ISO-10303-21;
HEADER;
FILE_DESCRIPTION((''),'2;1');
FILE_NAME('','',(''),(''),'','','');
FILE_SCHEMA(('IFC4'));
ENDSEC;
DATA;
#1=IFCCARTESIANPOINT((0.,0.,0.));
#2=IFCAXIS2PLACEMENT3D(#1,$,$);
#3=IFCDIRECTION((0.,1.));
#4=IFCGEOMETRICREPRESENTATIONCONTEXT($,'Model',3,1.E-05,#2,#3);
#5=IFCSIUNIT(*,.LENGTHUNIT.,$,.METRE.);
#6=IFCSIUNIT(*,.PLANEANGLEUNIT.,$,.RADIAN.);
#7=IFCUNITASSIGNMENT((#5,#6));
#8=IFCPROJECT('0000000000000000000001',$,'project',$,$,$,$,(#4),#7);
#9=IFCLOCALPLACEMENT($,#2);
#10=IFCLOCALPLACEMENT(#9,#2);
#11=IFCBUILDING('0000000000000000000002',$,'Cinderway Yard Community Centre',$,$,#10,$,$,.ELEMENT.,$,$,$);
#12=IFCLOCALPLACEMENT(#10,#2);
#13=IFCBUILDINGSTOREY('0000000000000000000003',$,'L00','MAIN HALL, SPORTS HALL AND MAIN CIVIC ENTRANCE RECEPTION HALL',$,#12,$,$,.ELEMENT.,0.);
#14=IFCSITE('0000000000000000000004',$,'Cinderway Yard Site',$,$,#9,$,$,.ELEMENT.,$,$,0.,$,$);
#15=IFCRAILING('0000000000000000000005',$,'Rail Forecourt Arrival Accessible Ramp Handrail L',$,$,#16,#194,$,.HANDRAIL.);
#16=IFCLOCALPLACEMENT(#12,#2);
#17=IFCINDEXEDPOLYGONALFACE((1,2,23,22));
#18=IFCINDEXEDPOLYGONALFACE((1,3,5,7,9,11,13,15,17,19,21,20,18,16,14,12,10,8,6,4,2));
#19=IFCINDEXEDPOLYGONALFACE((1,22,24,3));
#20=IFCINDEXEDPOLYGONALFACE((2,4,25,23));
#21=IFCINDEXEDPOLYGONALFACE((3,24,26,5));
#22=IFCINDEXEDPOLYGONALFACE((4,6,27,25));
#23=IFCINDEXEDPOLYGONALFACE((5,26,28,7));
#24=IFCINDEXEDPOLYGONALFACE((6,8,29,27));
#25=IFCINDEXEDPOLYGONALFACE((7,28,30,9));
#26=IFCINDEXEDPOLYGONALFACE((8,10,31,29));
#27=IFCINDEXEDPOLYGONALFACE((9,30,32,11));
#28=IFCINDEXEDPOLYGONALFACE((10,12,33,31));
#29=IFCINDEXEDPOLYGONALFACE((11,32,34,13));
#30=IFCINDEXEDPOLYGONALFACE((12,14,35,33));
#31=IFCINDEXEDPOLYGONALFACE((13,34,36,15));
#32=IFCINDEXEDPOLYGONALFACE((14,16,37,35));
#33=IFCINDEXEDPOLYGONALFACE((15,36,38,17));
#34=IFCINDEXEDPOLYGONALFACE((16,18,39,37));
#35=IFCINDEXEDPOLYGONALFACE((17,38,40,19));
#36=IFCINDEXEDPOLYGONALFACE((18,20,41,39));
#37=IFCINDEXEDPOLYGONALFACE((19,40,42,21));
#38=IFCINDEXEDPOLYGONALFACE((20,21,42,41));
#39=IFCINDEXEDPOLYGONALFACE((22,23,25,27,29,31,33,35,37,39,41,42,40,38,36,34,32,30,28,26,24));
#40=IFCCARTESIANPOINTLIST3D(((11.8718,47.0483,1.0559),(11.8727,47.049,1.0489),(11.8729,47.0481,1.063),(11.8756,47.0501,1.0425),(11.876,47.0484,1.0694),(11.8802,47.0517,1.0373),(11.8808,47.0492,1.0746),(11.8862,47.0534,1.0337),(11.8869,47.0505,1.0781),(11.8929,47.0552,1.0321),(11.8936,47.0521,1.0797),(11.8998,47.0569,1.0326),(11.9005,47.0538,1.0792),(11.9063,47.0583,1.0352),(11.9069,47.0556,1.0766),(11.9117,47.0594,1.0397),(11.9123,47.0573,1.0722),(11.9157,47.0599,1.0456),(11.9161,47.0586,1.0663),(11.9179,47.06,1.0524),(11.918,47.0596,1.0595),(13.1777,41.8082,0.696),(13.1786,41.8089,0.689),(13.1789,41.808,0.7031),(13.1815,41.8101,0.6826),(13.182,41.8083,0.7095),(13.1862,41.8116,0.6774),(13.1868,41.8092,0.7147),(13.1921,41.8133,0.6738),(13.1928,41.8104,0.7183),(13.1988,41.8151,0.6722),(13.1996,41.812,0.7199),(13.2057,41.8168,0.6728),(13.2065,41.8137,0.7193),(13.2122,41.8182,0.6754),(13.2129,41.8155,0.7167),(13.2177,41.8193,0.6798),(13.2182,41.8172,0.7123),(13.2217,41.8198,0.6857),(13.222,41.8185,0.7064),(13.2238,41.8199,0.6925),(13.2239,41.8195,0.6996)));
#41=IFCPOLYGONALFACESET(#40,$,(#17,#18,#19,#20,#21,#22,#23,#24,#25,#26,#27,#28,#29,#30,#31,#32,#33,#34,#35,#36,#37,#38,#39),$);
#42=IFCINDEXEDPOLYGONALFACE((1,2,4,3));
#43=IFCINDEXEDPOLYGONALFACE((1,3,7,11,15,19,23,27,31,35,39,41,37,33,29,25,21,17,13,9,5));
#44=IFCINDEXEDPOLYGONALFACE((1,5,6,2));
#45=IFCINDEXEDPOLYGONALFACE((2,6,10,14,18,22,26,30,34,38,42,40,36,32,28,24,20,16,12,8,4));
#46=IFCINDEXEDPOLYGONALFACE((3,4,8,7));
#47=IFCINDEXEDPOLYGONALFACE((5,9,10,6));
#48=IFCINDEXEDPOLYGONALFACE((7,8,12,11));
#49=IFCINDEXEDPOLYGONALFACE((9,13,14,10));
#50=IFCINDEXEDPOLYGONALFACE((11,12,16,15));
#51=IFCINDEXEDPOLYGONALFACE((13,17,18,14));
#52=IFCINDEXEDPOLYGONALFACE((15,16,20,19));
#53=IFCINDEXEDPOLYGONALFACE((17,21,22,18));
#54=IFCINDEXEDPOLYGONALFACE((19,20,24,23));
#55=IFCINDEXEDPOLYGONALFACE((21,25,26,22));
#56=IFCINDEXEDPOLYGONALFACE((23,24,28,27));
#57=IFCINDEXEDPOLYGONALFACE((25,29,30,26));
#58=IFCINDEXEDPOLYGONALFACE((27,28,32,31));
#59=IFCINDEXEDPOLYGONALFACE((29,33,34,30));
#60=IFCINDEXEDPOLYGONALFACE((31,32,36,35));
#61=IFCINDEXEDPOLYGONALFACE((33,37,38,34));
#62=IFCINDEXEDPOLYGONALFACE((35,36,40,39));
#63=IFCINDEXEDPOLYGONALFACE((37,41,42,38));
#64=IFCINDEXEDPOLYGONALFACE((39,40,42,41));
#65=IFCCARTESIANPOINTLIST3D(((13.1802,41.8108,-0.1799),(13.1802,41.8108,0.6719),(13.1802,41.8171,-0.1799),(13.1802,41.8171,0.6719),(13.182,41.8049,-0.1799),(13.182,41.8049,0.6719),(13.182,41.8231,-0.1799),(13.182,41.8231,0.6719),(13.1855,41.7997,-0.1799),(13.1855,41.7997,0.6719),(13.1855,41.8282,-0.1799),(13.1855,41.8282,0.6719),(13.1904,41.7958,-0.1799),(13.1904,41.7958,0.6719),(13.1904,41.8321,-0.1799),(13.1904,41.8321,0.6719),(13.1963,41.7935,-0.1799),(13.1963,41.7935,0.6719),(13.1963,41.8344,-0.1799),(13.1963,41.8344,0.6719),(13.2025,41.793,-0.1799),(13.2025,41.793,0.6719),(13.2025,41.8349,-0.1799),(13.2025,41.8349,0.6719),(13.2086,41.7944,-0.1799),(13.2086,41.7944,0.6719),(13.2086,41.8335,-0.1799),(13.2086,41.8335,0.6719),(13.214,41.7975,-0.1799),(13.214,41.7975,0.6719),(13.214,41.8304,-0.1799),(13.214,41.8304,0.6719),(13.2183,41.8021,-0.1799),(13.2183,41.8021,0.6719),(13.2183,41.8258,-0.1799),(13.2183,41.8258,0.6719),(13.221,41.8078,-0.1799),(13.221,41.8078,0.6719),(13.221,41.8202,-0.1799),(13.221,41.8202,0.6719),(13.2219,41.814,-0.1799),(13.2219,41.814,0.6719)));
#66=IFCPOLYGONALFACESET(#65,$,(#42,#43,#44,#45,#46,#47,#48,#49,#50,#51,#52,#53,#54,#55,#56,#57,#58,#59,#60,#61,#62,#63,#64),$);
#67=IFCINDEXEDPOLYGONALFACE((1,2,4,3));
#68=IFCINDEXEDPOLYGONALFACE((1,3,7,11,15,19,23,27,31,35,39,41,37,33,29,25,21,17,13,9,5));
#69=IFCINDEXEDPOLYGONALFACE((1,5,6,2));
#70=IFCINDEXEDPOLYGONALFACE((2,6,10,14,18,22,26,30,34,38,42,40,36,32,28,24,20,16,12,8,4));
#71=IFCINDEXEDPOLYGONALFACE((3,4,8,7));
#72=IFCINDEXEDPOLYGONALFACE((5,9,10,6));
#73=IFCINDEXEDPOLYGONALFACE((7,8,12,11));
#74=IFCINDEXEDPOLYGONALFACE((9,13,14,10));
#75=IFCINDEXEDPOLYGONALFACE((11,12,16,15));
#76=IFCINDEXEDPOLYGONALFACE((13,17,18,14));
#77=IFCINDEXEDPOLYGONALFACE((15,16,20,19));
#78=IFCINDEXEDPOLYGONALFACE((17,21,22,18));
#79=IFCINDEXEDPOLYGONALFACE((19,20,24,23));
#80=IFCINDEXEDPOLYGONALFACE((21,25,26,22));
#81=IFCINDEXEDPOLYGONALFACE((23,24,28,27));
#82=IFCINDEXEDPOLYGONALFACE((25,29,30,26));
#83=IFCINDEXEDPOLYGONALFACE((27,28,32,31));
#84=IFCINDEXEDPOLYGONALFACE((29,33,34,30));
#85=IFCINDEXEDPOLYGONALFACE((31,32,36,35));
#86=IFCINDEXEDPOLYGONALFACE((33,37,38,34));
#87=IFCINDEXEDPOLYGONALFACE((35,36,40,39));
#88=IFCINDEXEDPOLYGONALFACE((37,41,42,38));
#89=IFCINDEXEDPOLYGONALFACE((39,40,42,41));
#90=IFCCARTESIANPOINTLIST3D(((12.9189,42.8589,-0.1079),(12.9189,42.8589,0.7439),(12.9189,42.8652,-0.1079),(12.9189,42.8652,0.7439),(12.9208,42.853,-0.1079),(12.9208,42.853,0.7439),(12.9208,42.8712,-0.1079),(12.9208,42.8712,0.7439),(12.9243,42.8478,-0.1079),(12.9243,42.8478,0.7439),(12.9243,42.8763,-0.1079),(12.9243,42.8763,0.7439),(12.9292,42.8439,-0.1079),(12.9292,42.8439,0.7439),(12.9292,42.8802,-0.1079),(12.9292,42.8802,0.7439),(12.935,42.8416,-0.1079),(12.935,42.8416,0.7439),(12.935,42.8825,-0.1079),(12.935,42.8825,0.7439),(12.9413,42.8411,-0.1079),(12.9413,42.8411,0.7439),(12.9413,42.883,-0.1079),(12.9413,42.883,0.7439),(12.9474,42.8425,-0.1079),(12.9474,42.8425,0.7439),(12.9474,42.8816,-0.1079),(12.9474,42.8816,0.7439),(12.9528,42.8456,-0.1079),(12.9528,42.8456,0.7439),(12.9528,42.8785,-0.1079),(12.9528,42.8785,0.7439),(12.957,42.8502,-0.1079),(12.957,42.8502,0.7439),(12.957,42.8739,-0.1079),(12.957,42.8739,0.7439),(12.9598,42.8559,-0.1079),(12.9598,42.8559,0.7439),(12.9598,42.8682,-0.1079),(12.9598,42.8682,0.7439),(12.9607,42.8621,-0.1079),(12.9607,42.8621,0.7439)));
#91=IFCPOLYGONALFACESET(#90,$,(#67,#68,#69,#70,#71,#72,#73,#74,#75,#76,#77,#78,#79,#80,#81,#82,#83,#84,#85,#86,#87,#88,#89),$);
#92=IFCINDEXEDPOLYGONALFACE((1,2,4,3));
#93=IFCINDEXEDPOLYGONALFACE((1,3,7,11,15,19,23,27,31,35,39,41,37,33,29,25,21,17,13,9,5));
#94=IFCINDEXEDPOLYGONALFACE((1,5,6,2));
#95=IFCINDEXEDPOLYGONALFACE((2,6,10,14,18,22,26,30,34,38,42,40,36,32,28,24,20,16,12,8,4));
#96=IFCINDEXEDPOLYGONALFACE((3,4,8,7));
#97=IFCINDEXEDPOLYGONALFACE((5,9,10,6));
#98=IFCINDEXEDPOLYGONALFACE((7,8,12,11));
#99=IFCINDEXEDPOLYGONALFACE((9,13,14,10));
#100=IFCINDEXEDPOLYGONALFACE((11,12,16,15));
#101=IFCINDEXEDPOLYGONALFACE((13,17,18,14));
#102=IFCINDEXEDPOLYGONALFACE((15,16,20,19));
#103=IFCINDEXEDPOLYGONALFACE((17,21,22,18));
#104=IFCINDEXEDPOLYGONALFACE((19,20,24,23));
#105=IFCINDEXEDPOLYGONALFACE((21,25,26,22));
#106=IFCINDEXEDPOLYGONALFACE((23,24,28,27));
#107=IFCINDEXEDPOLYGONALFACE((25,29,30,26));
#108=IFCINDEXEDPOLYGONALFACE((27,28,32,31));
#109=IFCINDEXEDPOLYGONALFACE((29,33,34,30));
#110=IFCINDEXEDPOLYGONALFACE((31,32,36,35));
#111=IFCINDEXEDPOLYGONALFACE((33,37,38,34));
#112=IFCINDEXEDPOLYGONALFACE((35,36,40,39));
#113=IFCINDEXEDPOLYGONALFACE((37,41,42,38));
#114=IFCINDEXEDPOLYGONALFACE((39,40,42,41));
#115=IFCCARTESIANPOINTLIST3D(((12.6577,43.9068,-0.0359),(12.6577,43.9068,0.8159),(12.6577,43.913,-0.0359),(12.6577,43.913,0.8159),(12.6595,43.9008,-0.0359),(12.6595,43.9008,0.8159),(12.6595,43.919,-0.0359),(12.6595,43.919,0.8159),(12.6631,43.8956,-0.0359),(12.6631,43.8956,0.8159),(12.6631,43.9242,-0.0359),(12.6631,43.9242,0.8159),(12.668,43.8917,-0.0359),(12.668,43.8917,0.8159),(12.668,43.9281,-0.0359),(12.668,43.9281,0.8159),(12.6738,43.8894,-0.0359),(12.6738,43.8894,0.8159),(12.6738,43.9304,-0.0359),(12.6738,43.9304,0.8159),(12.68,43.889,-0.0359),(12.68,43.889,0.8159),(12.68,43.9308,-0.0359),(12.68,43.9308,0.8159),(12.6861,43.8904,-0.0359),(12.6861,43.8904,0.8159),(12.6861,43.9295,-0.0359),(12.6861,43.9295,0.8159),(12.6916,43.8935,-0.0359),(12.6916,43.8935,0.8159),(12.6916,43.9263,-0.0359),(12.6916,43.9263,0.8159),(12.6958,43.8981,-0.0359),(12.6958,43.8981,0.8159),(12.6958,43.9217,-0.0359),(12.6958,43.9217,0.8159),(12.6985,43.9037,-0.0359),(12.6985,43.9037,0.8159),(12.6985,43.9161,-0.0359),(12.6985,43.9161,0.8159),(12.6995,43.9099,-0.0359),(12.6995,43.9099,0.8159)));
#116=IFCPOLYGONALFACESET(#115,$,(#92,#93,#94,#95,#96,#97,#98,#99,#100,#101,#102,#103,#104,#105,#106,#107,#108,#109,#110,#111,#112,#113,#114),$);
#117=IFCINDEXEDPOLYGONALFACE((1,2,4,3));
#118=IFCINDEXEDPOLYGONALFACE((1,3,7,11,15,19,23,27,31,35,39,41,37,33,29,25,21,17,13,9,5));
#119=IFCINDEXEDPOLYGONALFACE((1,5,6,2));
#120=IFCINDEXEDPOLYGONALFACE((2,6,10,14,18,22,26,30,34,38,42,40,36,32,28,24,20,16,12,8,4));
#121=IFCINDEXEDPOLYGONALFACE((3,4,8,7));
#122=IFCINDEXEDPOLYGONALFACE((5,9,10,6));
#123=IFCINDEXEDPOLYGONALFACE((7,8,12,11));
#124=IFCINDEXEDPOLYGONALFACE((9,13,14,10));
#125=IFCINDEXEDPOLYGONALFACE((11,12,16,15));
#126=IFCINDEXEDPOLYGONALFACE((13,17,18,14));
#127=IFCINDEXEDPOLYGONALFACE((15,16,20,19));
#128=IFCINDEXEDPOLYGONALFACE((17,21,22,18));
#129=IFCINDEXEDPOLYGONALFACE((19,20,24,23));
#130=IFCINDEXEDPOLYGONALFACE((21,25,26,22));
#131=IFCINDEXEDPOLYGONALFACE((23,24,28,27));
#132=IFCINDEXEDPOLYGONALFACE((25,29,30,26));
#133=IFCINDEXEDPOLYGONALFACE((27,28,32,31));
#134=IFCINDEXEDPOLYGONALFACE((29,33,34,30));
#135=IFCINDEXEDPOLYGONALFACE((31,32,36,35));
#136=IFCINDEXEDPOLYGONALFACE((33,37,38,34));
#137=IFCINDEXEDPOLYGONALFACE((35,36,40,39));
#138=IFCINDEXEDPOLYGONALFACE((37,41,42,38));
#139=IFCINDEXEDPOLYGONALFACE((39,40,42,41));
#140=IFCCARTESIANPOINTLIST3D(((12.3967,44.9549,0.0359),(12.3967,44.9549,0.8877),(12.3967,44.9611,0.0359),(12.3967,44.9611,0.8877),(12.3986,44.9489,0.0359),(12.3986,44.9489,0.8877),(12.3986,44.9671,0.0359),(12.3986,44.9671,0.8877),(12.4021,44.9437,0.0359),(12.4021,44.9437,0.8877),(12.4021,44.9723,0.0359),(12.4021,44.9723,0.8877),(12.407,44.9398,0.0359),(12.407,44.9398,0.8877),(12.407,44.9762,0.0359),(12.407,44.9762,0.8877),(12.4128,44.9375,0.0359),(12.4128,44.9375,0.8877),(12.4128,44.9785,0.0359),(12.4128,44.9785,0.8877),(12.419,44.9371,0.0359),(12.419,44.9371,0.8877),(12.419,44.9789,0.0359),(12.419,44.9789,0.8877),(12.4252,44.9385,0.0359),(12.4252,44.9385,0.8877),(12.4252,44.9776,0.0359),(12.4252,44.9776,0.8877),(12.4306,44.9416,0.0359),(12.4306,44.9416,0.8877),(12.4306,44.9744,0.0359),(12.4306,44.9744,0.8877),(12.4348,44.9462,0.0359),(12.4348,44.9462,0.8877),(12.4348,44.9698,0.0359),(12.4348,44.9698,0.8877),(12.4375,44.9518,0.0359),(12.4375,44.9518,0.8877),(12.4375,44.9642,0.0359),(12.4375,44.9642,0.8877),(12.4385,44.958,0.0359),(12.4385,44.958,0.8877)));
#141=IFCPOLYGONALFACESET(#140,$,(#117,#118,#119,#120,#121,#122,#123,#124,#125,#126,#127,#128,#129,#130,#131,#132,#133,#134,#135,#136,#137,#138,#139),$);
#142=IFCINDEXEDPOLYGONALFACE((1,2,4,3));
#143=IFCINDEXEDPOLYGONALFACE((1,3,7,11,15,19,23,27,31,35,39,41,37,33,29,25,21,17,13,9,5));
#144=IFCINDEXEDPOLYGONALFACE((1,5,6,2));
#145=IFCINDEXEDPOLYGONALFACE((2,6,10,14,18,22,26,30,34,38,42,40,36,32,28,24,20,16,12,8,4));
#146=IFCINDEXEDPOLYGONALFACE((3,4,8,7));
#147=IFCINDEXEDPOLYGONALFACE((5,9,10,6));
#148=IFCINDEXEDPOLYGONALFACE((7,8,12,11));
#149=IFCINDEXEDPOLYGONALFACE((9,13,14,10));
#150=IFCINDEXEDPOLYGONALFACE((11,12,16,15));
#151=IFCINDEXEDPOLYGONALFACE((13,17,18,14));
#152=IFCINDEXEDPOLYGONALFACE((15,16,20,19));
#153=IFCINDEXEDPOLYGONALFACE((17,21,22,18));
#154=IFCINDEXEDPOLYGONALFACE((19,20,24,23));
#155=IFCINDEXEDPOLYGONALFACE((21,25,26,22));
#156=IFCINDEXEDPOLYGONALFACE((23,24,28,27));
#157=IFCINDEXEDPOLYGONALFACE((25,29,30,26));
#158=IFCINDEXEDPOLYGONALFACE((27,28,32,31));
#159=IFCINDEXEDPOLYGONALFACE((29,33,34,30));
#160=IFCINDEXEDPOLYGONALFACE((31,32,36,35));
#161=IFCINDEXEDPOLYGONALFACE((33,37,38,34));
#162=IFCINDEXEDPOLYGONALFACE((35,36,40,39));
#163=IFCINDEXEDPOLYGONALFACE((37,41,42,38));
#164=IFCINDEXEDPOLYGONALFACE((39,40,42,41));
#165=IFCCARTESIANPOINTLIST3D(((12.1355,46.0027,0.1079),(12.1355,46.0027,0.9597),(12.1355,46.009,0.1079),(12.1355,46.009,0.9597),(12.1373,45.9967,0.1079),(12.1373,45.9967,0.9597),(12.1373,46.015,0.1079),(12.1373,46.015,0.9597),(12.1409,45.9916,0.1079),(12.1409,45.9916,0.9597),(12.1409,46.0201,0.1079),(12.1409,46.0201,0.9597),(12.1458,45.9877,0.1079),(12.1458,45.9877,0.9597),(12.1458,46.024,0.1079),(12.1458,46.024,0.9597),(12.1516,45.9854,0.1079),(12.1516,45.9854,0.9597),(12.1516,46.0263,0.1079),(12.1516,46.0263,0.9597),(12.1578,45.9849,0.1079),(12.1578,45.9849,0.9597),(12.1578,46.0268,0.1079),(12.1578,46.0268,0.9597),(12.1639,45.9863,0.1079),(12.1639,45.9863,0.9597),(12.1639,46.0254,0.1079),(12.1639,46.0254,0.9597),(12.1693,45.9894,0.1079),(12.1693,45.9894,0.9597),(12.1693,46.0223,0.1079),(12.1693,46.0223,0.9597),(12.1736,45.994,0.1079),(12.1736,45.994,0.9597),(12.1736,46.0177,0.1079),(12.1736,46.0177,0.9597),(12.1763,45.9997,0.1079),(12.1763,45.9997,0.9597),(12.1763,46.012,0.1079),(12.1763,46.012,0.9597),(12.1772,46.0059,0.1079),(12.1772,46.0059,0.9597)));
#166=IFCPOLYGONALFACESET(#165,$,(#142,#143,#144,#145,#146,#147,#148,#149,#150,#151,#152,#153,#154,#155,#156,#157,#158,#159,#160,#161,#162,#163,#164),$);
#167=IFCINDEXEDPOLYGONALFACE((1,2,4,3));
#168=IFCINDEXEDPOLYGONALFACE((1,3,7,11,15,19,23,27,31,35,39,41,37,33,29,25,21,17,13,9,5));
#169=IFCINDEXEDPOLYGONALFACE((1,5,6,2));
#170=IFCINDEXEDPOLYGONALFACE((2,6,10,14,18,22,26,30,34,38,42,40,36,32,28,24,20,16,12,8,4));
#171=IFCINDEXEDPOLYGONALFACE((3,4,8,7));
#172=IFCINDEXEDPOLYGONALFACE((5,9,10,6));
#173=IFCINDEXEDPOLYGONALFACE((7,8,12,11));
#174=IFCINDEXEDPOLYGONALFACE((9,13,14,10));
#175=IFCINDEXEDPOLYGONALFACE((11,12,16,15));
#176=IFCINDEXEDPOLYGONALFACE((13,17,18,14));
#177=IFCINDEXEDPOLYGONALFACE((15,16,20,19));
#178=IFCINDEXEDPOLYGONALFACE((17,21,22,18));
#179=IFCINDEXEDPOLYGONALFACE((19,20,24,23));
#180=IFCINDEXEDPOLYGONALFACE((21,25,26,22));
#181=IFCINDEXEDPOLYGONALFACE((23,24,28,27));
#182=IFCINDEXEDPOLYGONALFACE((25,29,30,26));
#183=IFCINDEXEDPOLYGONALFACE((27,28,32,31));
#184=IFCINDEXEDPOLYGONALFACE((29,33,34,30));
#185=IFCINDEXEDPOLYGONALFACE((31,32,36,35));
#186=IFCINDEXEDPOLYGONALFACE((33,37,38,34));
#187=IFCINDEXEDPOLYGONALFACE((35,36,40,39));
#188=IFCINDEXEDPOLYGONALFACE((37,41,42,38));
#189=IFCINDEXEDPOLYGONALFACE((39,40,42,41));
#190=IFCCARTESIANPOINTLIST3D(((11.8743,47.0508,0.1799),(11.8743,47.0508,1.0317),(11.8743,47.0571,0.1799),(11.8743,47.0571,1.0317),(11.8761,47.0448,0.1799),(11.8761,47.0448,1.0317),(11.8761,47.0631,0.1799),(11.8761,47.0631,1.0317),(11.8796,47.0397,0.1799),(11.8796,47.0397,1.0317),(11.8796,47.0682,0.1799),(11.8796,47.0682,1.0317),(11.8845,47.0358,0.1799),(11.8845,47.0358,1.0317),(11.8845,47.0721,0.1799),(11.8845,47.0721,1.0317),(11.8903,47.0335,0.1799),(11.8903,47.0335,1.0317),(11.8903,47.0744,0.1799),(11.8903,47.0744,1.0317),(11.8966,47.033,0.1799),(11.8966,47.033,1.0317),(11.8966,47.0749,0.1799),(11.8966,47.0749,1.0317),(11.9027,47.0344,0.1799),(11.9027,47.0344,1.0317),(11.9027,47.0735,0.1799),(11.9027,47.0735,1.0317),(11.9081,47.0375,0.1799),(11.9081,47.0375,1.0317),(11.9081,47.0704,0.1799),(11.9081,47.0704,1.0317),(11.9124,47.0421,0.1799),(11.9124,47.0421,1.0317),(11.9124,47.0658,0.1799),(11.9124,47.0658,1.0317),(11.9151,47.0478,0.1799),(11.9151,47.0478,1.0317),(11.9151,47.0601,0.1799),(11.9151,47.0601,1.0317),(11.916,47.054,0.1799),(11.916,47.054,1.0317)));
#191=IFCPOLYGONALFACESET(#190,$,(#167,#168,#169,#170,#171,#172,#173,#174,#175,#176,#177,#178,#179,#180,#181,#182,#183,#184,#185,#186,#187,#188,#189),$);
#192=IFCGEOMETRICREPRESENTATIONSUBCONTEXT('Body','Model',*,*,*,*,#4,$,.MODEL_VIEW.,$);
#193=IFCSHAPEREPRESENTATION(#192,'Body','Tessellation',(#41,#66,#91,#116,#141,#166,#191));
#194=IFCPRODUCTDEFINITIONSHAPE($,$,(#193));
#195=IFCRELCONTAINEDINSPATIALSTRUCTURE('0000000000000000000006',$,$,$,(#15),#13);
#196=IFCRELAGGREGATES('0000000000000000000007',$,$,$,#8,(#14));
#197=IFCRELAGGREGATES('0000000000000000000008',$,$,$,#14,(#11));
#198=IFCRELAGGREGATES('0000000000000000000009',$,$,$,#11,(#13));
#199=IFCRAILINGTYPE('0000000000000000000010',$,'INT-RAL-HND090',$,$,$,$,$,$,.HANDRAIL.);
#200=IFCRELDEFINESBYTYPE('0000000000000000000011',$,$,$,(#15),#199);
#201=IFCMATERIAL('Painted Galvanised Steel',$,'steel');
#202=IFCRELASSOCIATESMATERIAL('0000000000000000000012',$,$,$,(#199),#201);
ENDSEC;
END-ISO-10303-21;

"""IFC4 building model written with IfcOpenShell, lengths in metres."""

from ifc_helpers import new_model, si_unit, direction, frame, origin, origin_2d, place, context, subcontext, project, spatial, circle, extrude, material, type_object, element, save


model = new_model("IFC4")

# Units and contexts
model_context = context("Model", 3, precision=1e-05, world=origin(), true_north=direction((0.0, 1.0)))
body_context = subcontext(model_context, "Body", "Model", "MODEL_VIEW")
ifc_project = project(units=[si_unit("LENGTHUNIT", "METRE"), si_unit("PLANEANGLEUNIT", "RADIAN")], contexts=[model_context])

# Site, building, storey
site_placement = place(None, origin())
site = spatial("IfcSite", under=ifc_project, at=site_placement, Name="Cinderway Yard Site", CompositionType="ELEMENT", RefElevation=0.0)
building_placement = place(site_placement, origin())
building = spatial("IfcBuilding", under=site, at=building_placement, Name="Cinderway Yard Community Centre", CompositionType="ELEMENT")
storey_placement = place(building_placement, origin())
storey = spatial("IfcBuildingStorey", under=building, at=storey_placement, Name="L00", Description="MAIN HALL, SPORTS HALL AND MAIN CIVIC ENTRANCE RECEPTION HALL", CompositionType="ELEMENT", Elevation=0.0)

# Railing
ifc_material_1 = material(Name="Painted Galvanised Steel", Category="steel")
railing_type = type_object("IfcRailingType", Name="INT-RAL-HND090", PredefinedType="HANDRAIL", material=ifc_material_1)
for number, where, name in (
    (1, (13.2009, 41.814, -0.1799), "Rail Forecourt Arrival Accessible Ramp Handrail L"),
):
    element("IfcRailing", number, at=place(storey_placement, frame(where)), inside=storey, type_object=railing_type, Name=name, PredefinedType="HANDRAIL", context=body_context, shape_type="SweptSolid", body=[
        extrude(circle(Radius=0.0239, at=origin_2d()), frame((0.0, 0.0, 0.876), z_axis=(-0.241288, 0.968173, 0.066491), x_axis=(-0.97032, -0.241823, 0.0)), (0.0, 0.0, 1.0), 5.4124),
        extrude(circle(Radius=0.021, at=origin_2d()), origin(), (0.0, 0.0, 1.0), 0.8518),
        extrude(circle(Radius=0.021, at=origin_2d()), frame((-0.2612, 1.0481, 0.072)), (0.0, 0.0, 1.0), 0.8518),
        extrude(circle(Radius=0.021, at=origin_2d()), frame((-0.5225, 2.0959, 0.144)), (0.0, 0.0, 1.0), 0.8518),
        extrude(circle(Radius=0.021, at=origin_2d()), frame((-0.7834, 3.144, 0.2158)), (0.0, 0.0, 1.0), 0.8518),
        extrude(circle(Radius=0.021, at=origin_2d()), frame((-1.0447, 4.1919, 0.2878)), (0.0, 0.0, 1.0), 0.8518),
        extrude(circle(Radius=0.021, at=origin_2d()), frame((-1.3059, 5.24, 0.3599)), (0.0, 0.0, 1.0), 0.8518),
    ])

save(model, "model.ifc")
